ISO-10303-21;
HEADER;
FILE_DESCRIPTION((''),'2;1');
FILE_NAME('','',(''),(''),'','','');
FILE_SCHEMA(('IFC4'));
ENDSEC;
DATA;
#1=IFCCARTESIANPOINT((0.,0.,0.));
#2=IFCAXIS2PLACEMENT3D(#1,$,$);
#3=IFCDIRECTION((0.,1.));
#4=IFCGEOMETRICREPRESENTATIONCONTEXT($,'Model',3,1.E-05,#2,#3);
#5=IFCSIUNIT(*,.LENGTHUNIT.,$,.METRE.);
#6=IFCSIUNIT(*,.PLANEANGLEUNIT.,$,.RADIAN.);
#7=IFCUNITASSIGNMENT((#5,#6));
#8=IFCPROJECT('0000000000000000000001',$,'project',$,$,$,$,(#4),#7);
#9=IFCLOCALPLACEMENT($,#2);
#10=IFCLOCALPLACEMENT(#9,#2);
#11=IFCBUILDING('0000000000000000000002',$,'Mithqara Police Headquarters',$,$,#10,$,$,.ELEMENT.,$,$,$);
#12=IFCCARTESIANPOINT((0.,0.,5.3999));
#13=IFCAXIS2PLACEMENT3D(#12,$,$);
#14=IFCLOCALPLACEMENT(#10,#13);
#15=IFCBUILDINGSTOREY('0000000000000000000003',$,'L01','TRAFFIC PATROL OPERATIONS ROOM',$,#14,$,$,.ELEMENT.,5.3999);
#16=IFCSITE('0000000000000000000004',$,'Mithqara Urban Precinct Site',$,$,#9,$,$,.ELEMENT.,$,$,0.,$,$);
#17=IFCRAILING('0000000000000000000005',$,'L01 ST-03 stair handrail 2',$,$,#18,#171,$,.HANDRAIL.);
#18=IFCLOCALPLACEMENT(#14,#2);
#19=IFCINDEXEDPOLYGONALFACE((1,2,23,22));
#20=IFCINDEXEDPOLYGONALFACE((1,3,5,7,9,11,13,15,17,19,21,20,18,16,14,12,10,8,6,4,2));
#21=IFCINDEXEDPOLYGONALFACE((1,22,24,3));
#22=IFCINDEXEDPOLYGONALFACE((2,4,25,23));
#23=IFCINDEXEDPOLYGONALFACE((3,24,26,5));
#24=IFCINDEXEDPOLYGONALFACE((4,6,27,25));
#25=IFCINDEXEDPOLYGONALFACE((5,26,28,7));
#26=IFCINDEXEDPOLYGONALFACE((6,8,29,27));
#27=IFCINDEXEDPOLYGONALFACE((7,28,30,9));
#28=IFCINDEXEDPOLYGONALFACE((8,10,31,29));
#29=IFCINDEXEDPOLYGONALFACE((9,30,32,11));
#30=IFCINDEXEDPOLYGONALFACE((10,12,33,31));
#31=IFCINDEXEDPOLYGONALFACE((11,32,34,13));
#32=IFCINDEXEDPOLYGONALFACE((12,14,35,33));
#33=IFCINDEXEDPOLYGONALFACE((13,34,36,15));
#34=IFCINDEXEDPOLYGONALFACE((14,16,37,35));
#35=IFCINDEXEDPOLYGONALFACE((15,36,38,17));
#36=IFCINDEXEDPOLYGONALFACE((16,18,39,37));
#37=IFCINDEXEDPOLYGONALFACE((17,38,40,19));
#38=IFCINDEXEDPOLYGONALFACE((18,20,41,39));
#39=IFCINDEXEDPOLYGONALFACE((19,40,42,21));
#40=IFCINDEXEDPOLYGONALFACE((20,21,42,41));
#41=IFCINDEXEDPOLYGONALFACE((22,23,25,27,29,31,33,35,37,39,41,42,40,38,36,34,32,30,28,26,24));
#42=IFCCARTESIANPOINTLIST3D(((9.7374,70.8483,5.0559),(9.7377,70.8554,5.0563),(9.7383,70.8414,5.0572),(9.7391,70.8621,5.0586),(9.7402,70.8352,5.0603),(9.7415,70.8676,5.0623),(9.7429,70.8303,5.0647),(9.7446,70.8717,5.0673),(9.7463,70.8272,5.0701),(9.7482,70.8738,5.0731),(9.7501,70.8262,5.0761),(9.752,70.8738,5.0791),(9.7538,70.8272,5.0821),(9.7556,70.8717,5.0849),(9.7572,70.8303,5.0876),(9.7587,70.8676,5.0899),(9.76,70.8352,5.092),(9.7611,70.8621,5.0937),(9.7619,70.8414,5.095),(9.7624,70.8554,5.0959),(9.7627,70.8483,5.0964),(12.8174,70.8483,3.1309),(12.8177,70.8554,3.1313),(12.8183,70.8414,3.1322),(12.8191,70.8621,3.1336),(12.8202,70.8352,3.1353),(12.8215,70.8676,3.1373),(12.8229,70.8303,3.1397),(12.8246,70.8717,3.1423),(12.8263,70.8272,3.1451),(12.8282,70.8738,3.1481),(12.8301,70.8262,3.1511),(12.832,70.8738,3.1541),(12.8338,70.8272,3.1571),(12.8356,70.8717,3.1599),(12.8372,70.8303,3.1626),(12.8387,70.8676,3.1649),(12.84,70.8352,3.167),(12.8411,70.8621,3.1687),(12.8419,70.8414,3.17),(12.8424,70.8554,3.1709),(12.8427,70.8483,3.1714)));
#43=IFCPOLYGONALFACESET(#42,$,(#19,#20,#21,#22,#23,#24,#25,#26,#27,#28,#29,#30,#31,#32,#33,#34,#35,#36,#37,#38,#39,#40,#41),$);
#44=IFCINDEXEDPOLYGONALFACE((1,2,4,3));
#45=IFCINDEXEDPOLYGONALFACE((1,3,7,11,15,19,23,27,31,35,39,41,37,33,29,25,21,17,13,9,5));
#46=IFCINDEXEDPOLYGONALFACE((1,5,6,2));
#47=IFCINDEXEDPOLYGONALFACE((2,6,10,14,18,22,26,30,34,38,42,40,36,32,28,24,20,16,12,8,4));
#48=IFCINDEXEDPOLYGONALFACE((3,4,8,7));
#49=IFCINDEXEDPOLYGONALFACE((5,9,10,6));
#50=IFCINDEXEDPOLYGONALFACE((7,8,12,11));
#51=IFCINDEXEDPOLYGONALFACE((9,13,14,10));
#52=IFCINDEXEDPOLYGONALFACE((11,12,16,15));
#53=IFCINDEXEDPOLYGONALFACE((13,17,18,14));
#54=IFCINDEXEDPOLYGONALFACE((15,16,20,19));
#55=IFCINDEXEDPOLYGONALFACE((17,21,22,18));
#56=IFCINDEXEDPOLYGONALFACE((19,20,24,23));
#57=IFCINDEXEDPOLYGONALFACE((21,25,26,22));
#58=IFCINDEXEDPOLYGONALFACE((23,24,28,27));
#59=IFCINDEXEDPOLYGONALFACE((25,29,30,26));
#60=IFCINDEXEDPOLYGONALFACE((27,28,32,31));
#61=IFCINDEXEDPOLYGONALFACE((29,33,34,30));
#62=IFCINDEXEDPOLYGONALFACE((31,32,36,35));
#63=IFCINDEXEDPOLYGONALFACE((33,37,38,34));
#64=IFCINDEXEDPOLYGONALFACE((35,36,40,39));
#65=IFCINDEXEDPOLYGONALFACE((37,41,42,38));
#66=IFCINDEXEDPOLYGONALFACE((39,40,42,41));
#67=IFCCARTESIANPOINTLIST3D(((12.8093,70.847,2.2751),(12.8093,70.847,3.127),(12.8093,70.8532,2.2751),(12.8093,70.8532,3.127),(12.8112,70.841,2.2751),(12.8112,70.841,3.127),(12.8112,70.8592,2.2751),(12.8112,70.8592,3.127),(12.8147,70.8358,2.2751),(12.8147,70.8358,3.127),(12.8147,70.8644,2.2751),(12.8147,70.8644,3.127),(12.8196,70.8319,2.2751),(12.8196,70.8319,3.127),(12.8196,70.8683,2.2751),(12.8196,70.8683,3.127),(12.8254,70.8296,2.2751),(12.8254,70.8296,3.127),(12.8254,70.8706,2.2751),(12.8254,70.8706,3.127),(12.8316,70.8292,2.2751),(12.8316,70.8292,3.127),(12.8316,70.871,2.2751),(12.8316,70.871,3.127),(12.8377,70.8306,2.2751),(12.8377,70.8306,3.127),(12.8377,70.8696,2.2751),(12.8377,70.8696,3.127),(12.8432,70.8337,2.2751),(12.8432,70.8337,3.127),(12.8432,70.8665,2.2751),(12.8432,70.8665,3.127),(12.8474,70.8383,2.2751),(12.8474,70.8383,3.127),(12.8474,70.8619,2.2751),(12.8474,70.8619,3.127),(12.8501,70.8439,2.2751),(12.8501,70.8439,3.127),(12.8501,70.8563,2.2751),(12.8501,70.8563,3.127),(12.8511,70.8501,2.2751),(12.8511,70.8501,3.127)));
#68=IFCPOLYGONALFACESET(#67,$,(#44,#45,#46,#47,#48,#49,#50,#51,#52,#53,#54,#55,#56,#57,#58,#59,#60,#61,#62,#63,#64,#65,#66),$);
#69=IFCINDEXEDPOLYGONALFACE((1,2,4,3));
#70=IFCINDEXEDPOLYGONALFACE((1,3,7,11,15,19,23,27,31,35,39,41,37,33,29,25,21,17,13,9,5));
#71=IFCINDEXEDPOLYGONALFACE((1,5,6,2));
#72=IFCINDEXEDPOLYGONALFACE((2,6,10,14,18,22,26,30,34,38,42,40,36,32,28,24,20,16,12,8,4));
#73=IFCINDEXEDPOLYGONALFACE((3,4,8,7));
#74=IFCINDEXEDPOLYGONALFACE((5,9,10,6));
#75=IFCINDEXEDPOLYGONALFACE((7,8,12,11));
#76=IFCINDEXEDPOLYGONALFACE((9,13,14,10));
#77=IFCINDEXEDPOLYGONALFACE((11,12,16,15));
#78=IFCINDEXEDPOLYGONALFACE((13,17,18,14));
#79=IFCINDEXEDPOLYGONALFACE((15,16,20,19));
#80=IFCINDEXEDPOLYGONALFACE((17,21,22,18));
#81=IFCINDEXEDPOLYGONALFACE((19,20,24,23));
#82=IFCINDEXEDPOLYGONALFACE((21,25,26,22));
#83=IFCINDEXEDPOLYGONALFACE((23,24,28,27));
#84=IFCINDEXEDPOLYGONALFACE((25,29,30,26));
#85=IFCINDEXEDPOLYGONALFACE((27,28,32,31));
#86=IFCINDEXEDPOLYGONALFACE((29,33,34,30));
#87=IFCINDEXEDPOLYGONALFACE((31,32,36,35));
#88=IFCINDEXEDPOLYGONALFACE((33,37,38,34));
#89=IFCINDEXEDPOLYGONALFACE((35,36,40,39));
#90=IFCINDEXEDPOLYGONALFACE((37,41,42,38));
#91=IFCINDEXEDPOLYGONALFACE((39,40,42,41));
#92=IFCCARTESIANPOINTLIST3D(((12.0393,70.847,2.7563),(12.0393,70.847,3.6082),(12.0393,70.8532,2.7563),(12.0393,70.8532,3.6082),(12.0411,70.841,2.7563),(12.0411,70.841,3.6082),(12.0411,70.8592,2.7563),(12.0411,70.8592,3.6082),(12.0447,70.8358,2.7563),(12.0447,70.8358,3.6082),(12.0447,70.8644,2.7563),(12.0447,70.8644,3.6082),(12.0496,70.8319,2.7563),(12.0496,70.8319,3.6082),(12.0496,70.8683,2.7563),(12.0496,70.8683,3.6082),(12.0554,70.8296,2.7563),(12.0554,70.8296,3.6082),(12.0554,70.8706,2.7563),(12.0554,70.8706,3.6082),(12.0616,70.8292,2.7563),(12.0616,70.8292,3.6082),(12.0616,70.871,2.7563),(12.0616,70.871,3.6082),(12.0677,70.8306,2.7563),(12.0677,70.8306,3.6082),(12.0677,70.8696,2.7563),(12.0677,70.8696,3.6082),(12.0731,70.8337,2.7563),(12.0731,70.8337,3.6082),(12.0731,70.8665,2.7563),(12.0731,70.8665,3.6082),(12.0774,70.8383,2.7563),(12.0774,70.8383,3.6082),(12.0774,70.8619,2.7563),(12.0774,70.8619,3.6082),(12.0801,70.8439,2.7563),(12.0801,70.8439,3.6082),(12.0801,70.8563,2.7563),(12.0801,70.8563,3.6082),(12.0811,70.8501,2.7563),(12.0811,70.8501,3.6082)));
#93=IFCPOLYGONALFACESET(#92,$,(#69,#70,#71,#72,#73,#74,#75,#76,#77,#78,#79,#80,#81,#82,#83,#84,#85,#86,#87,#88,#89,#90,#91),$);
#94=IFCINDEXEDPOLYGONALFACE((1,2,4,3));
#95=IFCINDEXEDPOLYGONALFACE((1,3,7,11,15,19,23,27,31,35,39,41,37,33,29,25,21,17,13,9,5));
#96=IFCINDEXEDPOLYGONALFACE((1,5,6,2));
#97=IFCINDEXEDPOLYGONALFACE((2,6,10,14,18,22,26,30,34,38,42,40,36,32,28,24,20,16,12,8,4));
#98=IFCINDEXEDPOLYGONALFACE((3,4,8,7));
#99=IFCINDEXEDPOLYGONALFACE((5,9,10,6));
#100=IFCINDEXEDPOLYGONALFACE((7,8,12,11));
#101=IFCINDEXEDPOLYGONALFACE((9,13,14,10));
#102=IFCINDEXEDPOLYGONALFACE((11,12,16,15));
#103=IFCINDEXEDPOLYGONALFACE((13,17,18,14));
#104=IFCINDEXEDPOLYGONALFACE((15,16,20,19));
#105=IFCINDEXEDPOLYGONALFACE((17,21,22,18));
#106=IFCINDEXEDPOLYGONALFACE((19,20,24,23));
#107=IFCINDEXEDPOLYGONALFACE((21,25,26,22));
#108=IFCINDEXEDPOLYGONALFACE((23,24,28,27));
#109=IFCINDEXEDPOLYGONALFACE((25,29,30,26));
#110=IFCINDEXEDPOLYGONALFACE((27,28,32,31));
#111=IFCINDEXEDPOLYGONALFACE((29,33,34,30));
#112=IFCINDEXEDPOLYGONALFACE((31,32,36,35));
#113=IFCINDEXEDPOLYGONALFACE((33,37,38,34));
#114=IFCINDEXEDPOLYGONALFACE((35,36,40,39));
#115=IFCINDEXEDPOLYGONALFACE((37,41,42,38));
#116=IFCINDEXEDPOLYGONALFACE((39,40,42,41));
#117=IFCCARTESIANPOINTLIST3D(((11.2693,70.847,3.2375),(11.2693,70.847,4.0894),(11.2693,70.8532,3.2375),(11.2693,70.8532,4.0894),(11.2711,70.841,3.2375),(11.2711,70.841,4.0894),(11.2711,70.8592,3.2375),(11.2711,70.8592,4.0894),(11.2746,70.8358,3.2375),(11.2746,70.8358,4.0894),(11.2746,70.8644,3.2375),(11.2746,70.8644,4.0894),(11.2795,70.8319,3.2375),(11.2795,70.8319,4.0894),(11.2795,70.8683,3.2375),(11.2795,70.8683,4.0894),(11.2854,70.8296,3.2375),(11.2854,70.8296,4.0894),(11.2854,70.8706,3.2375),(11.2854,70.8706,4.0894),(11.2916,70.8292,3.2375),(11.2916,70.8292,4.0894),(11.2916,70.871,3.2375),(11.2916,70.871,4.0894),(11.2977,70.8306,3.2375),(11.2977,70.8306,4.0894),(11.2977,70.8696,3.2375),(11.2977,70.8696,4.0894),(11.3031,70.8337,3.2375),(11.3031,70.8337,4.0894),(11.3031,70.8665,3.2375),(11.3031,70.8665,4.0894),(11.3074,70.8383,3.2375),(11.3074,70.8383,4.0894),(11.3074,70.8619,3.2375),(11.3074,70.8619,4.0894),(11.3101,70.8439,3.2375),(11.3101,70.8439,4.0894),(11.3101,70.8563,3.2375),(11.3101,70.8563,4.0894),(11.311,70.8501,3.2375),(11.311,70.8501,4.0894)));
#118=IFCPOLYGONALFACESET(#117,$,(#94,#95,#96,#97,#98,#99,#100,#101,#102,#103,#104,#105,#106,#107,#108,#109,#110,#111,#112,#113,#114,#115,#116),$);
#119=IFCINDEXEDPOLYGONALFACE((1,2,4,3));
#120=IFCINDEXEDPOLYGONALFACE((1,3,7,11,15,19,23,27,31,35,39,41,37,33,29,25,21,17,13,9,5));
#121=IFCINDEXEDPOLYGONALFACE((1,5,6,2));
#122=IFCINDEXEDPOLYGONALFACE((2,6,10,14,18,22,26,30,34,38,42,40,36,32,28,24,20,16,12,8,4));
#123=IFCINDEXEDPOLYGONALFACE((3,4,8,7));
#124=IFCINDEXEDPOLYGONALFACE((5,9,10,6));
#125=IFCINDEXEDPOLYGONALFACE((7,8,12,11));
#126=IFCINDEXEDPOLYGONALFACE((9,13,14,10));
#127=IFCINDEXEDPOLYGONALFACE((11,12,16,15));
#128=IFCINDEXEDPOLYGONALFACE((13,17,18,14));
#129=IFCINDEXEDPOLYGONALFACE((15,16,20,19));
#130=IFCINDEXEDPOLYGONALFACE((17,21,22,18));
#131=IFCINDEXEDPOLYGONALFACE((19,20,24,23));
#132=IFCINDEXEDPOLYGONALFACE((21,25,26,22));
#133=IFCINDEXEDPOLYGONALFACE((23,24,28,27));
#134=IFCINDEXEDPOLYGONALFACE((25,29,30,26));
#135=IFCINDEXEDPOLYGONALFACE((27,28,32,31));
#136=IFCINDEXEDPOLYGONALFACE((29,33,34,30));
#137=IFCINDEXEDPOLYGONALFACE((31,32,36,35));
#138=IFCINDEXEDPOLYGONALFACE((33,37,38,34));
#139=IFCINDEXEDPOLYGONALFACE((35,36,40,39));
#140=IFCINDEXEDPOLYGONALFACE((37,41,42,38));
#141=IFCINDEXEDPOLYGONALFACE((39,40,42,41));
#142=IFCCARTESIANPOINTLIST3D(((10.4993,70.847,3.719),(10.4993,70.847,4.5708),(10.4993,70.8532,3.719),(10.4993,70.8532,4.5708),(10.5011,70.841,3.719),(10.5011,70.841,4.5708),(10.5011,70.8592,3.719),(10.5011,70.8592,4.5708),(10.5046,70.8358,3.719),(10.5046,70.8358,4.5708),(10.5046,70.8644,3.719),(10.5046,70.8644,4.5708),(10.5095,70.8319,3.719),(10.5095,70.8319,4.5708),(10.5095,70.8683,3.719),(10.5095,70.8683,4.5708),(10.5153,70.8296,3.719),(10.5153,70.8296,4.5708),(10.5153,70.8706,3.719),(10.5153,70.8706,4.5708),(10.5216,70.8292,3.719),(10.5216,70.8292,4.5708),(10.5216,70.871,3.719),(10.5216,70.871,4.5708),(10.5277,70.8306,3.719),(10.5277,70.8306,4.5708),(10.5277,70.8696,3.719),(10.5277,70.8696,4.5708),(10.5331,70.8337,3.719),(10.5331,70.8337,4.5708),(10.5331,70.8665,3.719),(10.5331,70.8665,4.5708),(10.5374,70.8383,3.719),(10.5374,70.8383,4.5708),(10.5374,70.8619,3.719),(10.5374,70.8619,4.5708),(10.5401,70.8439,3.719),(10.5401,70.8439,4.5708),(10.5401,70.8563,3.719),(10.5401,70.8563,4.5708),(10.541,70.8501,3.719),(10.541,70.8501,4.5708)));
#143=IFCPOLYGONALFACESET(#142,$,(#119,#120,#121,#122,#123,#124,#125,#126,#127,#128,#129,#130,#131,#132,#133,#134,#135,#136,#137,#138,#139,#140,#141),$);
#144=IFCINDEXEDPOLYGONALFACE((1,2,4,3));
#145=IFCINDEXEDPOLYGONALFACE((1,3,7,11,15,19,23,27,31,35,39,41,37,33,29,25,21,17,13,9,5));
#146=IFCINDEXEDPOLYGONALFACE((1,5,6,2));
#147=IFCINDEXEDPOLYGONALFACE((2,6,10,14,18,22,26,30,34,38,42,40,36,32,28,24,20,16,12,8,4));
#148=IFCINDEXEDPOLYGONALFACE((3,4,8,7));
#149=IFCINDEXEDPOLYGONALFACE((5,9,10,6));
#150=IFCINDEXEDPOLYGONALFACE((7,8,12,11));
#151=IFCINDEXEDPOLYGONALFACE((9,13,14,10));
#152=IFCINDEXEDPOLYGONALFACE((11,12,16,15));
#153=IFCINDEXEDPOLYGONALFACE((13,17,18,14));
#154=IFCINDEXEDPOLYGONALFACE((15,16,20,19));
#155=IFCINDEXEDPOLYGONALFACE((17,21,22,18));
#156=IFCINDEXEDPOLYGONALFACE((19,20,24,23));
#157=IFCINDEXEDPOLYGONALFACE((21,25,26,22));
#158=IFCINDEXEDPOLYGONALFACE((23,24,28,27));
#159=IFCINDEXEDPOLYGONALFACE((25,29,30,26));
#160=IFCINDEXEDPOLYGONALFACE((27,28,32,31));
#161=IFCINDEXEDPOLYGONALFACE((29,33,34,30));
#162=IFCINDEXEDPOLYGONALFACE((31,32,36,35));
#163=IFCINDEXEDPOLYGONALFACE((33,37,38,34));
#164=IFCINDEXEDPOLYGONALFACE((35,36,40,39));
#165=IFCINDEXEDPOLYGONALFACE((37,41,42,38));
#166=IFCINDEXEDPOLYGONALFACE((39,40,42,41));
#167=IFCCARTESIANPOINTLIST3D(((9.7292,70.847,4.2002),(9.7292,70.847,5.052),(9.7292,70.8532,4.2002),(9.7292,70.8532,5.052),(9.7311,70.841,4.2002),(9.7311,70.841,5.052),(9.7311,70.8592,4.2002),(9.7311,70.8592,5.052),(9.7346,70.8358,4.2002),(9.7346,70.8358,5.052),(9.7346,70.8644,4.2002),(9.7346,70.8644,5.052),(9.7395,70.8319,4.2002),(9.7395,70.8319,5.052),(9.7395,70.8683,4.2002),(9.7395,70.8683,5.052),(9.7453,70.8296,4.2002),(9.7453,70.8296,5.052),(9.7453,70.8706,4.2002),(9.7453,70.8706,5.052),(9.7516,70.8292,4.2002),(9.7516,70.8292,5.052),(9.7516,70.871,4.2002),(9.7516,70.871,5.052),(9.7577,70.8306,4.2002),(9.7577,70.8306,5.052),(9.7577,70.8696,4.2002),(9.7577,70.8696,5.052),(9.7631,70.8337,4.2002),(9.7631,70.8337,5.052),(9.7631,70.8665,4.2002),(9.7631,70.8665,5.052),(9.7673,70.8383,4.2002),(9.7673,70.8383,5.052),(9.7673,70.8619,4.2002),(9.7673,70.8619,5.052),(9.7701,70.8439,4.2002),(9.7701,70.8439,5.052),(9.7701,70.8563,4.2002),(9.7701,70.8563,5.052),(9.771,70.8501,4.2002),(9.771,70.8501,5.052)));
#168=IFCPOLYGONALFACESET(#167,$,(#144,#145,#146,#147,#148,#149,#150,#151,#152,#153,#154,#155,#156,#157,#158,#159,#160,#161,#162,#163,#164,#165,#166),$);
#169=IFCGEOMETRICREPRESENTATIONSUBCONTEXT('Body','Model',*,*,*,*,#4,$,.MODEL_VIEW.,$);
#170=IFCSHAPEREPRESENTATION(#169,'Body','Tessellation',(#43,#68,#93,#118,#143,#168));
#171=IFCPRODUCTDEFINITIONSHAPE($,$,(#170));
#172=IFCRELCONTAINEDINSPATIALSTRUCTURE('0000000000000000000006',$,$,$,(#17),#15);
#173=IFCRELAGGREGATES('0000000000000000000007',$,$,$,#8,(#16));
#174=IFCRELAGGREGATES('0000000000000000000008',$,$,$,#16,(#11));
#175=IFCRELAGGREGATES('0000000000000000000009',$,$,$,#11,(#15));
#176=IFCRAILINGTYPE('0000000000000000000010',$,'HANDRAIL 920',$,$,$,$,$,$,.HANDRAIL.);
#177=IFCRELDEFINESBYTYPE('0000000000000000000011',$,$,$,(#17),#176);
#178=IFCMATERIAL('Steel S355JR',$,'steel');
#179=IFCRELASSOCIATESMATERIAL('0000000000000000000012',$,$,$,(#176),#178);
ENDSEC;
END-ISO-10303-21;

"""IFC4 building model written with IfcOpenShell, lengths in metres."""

from ifc_helpers import new_model, si_unit, direction, frame, origin, origin_2d, place, context, subcontext, project, spatial, circle, extrude, material, type_object, element, save


model = new_model("IFC4")

# Units and contexts
model_context = context("Model", 3, precision=1e-05, world=origin(), true_north=direction((0.0, 1.0)))
body_context = subcontext(model_context, "Body", "Model", "MODEL_VIEW")
ifc_project = project(units=[si_unit("LENGTHUNIT", "METRE"), si_unit("PLANEANGLEUNIT", "RADIAN")], contexts=[model_context])

# Site, building, storey
site_placement = place(None, origin())
site = spatial("IfcSite", under=ifc_project, at=site_placement, Name="Mithqara Urban Precinct Site", CompositionType="ELEMENT", RefElevation=0.0)
building_placement = place(site_placement, origin())
building = spatial("IfcBuilding", under=site, at=building_placement, Name="Mithqara Police Headquarters", CompositionType="ELEMENT")
storey_placement = place(building_placement, frame((0.0, 0.0, 5.3999)))
storey = spatial("IfcBuildingStorey", under=building, at=storey_placement, Name="L01", Description="TRAFFIC PATROL OPERATIONS ROOM", CompositionType="ELEMENT", Elevation=5.3999)

# Shared definitions
ifc_material_1 = material(Name="Steel S355JR", Category="steel")

# Railing
railing_type_1 = type_object("IfcRailingType", Name="HANDRAIL 920", PredefinedType="HANDRAIL", material=ifc_material_1)
railing_1_placement = place(storey_placement, frame((12.8301, 70.8501, 2.2751)))
element("IfcRailing", 1, at=railing_1_placement, inside=storey, type_object=railing_type_1, Name="L01 ST-03 stair handrail 2", PredefinedType="HANDRAIL", context=body_context, shape_type="SweptSolid", body=[
    extrude(circle(Radius=0.0239, at=origin_2d()), frame((0.0, 0.0, 0.876), z_axis=(-0.847998, 0.0, 0.529999), x_axis=(0.0, -1.0, 0.0)), (0.0, 0.0, 1.0), 3.6321),
    extrude(circle(Radius=0.021, at=origin_2d()), origin(), (0.0, 0.0, 1.0), 0.8518),
    extrude(circle(Radius=0.021, at=origin_2d()), frame((-0.77, 0.0, 0.4812)), (0.0, 0.0, 1.0), 0.8518),
    extrude(circle(Radius=0.021, at=origin_2d()), frame((-1.54, 0.0, 0.9624)), (0.0, 0.0, 1.0), 0.8518),
    extrude(circle(Radius=0.021, at=origin_2d()), frame((-2.3101, 0.0, 1.4438)), (0.0, 0.0, 1.0), 0.8518),
    extrude(circle(Radius=0.021, at=origin_2d()), frame((-3.0801, 0.0, 1.925)), (0.0, 0.0, 1.0), 0.8518),
])

save(model, "model.ifc")
